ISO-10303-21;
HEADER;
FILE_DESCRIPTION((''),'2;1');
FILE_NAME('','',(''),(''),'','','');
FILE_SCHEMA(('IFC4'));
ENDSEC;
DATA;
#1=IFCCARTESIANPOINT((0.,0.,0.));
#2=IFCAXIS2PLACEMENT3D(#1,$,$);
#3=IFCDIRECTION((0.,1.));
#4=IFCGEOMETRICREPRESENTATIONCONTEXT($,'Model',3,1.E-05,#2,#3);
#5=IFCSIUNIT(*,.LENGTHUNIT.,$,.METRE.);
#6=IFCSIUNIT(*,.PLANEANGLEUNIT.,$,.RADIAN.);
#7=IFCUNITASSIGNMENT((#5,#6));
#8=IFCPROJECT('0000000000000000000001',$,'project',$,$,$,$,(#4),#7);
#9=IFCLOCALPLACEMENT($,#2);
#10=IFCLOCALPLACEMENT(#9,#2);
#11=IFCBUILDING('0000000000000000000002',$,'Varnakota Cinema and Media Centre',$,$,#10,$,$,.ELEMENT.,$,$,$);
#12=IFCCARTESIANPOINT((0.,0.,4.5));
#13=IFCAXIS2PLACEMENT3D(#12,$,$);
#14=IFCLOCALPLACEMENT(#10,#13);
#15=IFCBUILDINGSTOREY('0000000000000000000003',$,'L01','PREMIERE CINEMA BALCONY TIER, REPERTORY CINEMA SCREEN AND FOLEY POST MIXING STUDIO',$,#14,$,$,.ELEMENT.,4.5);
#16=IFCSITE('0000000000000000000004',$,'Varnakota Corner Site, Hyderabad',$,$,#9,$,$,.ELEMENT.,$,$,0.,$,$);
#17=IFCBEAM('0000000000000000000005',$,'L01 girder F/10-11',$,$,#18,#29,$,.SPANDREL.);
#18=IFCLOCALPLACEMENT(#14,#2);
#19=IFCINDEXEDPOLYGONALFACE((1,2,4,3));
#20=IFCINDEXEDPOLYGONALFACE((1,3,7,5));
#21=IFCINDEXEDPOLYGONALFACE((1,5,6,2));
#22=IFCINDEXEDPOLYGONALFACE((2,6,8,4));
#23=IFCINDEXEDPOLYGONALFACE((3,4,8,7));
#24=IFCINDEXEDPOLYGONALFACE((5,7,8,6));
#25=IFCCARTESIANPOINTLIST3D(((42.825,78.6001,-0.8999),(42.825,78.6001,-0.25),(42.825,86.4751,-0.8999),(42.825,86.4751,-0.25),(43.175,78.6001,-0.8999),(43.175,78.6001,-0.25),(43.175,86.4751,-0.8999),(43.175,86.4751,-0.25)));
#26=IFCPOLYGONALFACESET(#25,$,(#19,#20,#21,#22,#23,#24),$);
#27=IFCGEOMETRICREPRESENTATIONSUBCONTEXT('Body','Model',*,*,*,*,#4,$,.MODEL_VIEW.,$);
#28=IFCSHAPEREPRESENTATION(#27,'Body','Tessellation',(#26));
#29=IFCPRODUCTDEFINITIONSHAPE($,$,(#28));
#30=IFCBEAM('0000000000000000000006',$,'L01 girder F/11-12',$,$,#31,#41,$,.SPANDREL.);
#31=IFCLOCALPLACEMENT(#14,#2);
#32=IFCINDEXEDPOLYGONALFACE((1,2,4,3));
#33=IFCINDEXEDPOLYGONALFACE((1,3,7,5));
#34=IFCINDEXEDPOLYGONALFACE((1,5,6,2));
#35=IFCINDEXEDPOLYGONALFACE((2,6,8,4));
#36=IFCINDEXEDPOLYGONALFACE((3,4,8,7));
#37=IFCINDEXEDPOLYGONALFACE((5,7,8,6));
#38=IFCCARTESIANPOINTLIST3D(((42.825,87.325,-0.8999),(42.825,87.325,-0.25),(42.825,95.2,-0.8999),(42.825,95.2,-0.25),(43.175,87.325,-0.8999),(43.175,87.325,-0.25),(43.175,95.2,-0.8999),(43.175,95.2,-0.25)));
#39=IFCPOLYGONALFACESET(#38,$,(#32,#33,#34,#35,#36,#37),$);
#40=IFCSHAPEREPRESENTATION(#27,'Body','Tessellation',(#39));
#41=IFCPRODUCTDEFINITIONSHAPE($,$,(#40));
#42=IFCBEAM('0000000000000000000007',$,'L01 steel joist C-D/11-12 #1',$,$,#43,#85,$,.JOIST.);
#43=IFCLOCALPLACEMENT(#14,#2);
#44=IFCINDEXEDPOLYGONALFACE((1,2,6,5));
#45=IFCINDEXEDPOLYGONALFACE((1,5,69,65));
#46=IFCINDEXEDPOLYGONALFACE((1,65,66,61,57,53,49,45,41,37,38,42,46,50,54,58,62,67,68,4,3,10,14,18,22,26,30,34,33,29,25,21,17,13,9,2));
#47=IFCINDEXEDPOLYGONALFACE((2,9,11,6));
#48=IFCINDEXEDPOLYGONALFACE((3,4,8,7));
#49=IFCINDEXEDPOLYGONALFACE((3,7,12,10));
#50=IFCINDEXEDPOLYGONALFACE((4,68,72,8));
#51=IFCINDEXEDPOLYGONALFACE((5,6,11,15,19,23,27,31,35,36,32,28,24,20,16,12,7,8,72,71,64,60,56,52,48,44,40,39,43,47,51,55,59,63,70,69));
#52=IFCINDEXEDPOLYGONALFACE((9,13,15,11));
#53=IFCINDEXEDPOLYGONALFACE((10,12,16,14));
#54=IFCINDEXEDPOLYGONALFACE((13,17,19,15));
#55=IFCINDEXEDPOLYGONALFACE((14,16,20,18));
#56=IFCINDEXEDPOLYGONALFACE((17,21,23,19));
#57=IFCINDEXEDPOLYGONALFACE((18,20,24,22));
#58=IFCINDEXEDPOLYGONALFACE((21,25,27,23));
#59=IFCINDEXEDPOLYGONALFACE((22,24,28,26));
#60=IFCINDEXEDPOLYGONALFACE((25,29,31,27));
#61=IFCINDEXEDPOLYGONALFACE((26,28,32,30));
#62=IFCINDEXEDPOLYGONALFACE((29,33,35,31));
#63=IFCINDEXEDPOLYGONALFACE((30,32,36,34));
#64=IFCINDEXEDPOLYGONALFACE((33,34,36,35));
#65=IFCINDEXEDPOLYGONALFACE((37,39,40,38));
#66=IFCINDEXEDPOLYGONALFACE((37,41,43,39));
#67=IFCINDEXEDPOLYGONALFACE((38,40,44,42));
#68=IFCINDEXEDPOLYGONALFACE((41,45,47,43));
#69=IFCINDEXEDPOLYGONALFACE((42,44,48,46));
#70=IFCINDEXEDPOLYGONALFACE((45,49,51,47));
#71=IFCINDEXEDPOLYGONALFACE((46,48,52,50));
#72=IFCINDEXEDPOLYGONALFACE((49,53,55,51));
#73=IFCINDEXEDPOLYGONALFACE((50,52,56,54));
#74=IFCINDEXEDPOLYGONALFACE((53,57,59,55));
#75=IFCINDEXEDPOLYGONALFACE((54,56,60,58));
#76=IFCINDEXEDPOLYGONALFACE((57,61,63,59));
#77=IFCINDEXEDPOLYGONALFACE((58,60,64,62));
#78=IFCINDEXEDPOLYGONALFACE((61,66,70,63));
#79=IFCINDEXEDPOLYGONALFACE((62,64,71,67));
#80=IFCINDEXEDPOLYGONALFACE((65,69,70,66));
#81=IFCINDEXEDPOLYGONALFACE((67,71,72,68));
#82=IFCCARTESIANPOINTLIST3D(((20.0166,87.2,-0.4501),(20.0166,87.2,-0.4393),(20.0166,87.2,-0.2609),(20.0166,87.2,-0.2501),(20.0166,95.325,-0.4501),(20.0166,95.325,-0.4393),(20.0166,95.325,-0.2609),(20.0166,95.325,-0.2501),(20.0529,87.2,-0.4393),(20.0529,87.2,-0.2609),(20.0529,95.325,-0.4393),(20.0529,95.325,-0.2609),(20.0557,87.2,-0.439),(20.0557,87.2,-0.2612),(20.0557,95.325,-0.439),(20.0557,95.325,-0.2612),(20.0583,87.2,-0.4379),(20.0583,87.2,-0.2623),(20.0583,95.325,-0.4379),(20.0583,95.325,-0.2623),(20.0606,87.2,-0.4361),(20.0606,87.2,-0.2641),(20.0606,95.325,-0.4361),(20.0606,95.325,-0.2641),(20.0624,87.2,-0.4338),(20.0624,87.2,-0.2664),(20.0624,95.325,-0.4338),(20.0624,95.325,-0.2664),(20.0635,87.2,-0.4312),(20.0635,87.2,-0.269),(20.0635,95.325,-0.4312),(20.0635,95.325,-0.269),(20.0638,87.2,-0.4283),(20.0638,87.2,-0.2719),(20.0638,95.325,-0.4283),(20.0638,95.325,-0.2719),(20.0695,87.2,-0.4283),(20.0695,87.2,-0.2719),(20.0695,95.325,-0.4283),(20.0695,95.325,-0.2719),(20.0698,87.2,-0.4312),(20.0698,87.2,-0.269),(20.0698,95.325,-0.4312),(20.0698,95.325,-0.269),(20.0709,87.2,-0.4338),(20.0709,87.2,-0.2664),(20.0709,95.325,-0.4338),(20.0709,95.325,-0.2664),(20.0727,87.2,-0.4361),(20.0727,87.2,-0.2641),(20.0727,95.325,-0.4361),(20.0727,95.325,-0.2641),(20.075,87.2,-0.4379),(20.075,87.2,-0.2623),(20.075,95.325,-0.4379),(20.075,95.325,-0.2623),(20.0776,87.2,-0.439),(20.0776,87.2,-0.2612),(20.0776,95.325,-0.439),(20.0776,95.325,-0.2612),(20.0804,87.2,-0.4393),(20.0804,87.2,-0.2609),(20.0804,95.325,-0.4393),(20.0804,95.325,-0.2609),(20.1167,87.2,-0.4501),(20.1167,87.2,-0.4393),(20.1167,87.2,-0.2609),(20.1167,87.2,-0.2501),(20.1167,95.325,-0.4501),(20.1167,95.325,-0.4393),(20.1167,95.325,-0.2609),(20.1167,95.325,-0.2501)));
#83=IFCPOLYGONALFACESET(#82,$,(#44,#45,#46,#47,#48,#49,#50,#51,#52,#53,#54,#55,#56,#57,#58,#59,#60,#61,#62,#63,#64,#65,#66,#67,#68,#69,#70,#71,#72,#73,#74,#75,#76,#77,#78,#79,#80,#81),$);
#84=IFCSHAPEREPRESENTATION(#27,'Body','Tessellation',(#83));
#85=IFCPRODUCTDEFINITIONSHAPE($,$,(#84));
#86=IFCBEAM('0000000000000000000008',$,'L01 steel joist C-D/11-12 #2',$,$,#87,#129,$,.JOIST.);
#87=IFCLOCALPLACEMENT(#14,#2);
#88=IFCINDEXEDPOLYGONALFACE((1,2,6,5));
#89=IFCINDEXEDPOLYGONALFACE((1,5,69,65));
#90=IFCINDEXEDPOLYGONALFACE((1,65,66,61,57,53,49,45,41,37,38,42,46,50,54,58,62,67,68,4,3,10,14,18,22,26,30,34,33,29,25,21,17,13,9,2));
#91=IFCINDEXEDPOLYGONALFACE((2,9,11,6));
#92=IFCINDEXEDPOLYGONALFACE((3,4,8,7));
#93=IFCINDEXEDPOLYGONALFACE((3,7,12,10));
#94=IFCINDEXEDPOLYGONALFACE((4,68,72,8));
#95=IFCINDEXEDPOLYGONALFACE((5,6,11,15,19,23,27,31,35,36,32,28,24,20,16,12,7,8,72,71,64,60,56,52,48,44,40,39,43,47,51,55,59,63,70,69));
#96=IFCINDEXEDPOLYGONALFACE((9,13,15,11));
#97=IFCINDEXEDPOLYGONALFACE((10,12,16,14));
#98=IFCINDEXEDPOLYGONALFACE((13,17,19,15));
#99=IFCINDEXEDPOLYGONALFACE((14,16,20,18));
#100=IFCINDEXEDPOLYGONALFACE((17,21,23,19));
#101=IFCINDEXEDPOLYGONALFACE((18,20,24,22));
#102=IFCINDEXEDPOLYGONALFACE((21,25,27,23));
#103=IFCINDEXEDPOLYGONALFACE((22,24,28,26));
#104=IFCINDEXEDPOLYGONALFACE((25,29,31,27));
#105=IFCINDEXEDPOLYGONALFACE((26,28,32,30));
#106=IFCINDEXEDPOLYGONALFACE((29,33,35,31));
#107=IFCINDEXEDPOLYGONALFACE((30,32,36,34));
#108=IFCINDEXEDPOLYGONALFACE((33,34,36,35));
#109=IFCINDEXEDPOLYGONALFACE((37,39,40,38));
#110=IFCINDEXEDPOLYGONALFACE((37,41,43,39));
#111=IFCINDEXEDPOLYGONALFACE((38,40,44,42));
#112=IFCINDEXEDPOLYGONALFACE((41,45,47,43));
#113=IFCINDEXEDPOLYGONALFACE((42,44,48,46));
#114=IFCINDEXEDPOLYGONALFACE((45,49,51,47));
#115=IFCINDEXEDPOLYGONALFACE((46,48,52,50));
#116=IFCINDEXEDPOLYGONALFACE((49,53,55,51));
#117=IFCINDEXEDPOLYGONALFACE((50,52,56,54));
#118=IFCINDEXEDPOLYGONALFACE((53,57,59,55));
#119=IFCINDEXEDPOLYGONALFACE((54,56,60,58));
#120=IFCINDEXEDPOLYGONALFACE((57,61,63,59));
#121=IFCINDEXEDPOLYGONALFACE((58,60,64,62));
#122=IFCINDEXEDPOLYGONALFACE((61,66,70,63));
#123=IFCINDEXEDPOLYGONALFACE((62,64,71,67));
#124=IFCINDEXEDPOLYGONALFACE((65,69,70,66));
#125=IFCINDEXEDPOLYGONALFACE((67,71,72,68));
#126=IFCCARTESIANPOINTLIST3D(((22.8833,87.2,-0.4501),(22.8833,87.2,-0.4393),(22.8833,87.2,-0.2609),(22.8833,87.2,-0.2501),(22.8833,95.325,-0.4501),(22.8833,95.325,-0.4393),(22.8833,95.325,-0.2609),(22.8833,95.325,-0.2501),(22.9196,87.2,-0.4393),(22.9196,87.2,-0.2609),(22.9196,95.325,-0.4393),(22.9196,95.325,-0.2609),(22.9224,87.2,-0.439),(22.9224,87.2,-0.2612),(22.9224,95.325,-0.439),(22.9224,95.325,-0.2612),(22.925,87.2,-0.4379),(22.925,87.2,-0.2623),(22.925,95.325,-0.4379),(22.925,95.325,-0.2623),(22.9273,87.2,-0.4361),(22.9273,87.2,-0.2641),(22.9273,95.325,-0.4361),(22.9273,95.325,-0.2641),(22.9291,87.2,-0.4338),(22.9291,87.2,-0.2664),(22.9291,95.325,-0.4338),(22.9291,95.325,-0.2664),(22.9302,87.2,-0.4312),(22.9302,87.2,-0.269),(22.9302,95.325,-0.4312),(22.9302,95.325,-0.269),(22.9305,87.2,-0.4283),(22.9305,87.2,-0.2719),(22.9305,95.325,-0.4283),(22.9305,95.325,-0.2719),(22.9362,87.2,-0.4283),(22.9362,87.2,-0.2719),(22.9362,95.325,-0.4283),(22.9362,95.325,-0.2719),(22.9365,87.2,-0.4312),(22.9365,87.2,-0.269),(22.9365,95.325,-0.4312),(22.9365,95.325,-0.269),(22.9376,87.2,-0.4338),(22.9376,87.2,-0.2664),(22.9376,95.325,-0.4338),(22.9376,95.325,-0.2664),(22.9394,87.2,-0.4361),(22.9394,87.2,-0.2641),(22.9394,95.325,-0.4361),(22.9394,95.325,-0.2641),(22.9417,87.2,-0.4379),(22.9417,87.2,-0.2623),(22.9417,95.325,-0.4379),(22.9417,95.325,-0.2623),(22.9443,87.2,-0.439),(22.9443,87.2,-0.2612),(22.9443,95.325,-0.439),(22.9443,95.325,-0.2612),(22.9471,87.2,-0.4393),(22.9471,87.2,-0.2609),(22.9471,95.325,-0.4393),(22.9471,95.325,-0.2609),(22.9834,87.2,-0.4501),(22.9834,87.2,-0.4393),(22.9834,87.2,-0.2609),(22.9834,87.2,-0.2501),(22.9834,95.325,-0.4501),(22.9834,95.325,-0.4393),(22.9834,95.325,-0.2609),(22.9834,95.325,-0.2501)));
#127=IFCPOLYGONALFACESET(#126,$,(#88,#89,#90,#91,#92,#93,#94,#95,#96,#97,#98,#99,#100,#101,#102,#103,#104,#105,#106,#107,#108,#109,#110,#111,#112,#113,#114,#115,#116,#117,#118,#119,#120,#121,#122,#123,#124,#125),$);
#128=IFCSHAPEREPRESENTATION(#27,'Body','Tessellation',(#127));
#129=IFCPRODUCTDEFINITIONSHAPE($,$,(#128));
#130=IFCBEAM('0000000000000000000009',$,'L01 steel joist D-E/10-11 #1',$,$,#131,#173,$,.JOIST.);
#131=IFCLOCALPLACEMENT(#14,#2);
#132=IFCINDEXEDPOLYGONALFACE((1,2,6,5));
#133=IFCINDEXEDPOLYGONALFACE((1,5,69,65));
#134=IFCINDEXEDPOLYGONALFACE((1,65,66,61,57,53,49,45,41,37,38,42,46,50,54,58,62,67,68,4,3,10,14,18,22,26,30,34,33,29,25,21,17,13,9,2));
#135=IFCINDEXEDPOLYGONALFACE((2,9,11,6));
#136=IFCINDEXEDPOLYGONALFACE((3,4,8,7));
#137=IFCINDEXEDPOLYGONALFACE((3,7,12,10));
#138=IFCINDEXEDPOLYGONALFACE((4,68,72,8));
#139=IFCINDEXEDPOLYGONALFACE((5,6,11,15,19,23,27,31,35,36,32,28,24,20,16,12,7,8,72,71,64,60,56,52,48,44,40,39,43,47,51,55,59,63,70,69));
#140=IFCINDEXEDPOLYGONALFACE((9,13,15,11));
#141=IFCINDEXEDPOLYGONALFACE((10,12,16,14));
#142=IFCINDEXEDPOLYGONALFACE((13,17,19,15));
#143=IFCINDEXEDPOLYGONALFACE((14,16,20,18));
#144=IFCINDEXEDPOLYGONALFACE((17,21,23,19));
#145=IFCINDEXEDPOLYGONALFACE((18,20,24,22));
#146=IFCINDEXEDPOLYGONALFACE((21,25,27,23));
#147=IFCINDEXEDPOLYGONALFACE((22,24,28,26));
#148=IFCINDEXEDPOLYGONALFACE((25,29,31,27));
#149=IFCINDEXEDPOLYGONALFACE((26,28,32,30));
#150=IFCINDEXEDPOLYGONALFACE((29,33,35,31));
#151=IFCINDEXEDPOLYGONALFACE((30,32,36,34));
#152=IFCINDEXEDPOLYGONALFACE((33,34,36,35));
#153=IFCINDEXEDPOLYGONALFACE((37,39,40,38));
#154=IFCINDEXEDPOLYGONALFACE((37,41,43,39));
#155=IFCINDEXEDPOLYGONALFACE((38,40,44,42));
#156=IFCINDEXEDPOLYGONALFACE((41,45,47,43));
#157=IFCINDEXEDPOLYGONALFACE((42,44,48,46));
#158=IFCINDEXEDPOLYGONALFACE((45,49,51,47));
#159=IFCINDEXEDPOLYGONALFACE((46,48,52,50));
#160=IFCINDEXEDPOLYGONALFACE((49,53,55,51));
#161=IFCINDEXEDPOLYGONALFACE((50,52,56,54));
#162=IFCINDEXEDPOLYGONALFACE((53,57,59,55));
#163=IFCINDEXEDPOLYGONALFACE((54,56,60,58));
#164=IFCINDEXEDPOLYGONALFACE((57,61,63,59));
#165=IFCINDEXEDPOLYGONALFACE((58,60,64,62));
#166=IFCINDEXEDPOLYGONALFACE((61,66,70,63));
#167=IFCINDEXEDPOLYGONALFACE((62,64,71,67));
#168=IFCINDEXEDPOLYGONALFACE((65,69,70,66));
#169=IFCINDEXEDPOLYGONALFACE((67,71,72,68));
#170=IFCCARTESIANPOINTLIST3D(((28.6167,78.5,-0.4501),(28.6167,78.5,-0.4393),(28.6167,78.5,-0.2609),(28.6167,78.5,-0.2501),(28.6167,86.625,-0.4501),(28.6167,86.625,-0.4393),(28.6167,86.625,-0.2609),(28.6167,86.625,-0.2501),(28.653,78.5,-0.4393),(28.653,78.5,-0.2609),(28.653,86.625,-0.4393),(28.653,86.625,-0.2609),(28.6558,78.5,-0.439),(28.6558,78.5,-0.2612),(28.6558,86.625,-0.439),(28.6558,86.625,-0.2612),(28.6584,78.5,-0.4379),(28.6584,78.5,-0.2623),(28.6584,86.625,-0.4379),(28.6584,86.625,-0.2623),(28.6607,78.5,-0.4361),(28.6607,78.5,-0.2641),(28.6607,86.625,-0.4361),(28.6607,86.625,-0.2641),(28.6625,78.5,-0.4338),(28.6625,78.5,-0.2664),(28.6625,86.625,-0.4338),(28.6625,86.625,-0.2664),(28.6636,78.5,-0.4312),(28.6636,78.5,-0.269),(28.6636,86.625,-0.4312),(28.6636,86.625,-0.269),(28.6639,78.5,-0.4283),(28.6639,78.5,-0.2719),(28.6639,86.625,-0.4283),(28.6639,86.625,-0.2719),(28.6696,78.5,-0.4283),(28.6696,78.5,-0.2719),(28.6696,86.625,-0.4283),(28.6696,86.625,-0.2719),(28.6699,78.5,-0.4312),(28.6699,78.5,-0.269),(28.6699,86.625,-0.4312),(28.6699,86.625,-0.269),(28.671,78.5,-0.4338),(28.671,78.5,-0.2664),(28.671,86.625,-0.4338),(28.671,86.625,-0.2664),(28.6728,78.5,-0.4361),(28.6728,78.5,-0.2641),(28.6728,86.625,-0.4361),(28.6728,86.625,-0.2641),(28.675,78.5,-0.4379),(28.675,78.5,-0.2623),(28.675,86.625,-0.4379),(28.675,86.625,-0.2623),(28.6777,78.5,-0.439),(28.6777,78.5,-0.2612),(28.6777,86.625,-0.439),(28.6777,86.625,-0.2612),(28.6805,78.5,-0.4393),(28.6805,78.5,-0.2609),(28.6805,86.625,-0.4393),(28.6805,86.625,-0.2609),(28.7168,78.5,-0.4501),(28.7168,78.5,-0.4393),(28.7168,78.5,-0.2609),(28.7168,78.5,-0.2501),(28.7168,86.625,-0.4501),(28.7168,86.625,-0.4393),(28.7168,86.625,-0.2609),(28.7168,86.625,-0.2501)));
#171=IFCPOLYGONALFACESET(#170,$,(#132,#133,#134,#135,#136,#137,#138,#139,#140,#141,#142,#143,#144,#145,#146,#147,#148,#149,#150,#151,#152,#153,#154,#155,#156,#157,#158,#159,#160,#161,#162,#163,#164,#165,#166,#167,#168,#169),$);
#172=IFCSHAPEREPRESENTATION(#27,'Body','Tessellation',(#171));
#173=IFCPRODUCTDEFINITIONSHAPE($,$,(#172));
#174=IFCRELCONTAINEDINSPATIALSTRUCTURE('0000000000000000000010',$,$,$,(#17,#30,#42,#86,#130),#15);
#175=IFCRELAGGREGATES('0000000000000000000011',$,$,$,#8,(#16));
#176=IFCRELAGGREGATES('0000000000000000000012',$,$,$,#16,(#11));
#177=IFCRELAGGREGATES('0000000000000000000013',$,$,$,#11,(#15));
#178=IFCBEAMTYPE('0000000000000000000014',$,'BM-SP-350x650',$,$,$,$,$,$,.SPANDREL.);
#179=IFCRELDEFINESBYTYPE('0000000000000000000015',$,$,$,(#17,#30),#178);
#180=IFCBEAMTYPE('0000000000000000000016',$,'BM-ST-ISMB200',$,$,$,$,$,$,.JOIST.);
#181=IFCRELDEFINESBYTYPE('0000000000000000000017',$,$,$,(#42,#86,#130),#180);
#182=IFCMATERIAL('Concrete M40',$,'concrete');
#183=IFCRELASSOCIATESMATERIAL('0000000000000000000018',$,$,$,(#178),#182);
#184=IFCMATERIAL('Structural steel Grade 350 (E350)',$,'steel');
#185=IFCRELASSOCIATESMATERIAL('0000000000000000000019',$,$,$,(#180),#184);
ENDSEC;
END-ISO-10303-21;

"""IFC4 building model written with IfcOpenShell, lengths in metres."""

from ifc_helpers import new_model, si_unit, direction, frame, origin, origin_2d, place, context, subcontext, project, spatial, rectangle, i_section, extrude, material, material_profile, profile_set, type_object, element, save


model = new_model("IFC4")

# Units and contexts
model_context = context("Model", 3, precision=1e-05, world=origin(), true_north=direction((0.0, 1.0)))
body_context = subcontext(model_context, "Body", "Model", "MODEL_VIEW")
ifc_project = project(units=[si_unit("LENGTHUNIT", "METRE"), si_unit("PLANEANGLEUNIT", "RADIAN")], contexts=[model_context])

# Site, building, storey
site_placement = place(None, origin())
site = spatial("IfcSite", under=ifc_project, at=site_placement, Name="Varnakota Corner Site, Hyderabad", CompositionType="ELEMENT", RefElevation=0.0)
building_placement = place(site_placement, origin())
building = spatial("IfcBuilding", under=site, at=building_placement, Name="Varnakota Cinema and Media Centre", CompositionType="ELEMENT")
storey_placement = place(building_placement, frame((0.0, 0.0, 4.5)))
storey = spatial("IfcBuildingStorey", under=building, at=storey_placement, Name="L01", Description="PREMIERE CINEMA BALCONY TIER, REPERTORY CINEMA SCREEN AND FOLEY POST MIXING STUDIO", CompositionType="ELEMENT", Elevation=4.5)

# Beams
ifc_material_1 = material(Name="Concrete M40", Category="concrete")
ifc_material_profile_1 = material_profile(ifc_material_1, rectangle(XDim=0.3501, YDim=0.6499, at=origin_2d()), Name="RCB 350x650")
ifc_profile_set_1 = profile_set([ifc_material_profile_1], Name="Concrete M40")
beam_type_1 = type_object("IfcBeamType", Name="BM-SP-350x650", PredefinedType="SPANDREL", material=ifc_profile_set_1)
for number, where, z_axis, x_axis, name in (
    (1, (43.0, 78.6001, -0.575), (0.0, 1.0, 0.0), (-1.0, 0.0, 0.0), "L01 girder F/10-11"),
    (2, (43.0, 87.325, -0.575), (0.0, 1.0, 0.0), (-1.0, 0.0, 0.0), "L01 girder F/11-12"),
):
    element("IfcBeam", number, at=place(storey_placement, frame(where, z_axis=z_axis, x_axis=x_axis)), inside=storey, type_object=beam_type_1, Name=name, PredefinedType="SPANDREL", context=body_context, shape_type="SweptSolid", body=[
        extrude(rectangle(XDim=0.3501, YDim=0.6499, at=origin_2d()), origin(), (0.0, 0.0, 1.0), 7.875),
    ])
ifc_material_2 = material(Name="Structural steel Grade 350 (E350)", Category="steel")
ifc_material_profile_2 = material_profile(ifc_material_2, i_section(OverallWidth=0.1001, OverallDepth=0.2, WebThickness=0.0056, FlangeThickness=0.0107, FilletRadius=0.011, at=origin_2d()), Name="ISMB 200")
ifc_profile_set_2 = profile_set([ifc_material_profile_2], Name="Structural steel Grade 350 (E350)")
beam_type_2 = type_object("IfcBeamType", Name="BM-ST-ISMB200", PredefinedType="JOIST", material=ifc_profile_set_2)
for number, where, z_axis, x_axis, name in (
    (3, (20.0667, 87.2, -0.3501), (0.0, 1.0, 0.0), (-1.0, 0.0, 0.0), "L01 steel joist C-D/11-12 #1"),
    (4, (22.9333, 87.2, -0.3501), (0.0, 1.0, 0.0), (-1.0, 0.0, 0.0), "L01 steel joist C-D/11-12 #2"),
    (5, (28.6667, 78.5, -0.3501), (0.0, 1.0, 0.0), (-1.0, 0.0, 0.0), "L01 steel joist D-E/10-11 #1"),
):
    element("IfcBeam", number, at=place(storey_placement, frame(where, z_axis=z_axis, x_axis=x_axis)), inside=storey, type_object=beam_type_2, Name=name, PredefinedType="JOIST", context=body_context, shape_type="SweptSolid", body=[
        extrude(i_section(OverallWidth=0.1001, OverallDepth=0.2, WebThickness=0.0056, FlangeThickness=0.0107, FilletRadius=0.011, at=origin_2d()), origin(), (0.0, 0.0, 1.0), 8.125),
    ])

save(model, "model.ifc")
